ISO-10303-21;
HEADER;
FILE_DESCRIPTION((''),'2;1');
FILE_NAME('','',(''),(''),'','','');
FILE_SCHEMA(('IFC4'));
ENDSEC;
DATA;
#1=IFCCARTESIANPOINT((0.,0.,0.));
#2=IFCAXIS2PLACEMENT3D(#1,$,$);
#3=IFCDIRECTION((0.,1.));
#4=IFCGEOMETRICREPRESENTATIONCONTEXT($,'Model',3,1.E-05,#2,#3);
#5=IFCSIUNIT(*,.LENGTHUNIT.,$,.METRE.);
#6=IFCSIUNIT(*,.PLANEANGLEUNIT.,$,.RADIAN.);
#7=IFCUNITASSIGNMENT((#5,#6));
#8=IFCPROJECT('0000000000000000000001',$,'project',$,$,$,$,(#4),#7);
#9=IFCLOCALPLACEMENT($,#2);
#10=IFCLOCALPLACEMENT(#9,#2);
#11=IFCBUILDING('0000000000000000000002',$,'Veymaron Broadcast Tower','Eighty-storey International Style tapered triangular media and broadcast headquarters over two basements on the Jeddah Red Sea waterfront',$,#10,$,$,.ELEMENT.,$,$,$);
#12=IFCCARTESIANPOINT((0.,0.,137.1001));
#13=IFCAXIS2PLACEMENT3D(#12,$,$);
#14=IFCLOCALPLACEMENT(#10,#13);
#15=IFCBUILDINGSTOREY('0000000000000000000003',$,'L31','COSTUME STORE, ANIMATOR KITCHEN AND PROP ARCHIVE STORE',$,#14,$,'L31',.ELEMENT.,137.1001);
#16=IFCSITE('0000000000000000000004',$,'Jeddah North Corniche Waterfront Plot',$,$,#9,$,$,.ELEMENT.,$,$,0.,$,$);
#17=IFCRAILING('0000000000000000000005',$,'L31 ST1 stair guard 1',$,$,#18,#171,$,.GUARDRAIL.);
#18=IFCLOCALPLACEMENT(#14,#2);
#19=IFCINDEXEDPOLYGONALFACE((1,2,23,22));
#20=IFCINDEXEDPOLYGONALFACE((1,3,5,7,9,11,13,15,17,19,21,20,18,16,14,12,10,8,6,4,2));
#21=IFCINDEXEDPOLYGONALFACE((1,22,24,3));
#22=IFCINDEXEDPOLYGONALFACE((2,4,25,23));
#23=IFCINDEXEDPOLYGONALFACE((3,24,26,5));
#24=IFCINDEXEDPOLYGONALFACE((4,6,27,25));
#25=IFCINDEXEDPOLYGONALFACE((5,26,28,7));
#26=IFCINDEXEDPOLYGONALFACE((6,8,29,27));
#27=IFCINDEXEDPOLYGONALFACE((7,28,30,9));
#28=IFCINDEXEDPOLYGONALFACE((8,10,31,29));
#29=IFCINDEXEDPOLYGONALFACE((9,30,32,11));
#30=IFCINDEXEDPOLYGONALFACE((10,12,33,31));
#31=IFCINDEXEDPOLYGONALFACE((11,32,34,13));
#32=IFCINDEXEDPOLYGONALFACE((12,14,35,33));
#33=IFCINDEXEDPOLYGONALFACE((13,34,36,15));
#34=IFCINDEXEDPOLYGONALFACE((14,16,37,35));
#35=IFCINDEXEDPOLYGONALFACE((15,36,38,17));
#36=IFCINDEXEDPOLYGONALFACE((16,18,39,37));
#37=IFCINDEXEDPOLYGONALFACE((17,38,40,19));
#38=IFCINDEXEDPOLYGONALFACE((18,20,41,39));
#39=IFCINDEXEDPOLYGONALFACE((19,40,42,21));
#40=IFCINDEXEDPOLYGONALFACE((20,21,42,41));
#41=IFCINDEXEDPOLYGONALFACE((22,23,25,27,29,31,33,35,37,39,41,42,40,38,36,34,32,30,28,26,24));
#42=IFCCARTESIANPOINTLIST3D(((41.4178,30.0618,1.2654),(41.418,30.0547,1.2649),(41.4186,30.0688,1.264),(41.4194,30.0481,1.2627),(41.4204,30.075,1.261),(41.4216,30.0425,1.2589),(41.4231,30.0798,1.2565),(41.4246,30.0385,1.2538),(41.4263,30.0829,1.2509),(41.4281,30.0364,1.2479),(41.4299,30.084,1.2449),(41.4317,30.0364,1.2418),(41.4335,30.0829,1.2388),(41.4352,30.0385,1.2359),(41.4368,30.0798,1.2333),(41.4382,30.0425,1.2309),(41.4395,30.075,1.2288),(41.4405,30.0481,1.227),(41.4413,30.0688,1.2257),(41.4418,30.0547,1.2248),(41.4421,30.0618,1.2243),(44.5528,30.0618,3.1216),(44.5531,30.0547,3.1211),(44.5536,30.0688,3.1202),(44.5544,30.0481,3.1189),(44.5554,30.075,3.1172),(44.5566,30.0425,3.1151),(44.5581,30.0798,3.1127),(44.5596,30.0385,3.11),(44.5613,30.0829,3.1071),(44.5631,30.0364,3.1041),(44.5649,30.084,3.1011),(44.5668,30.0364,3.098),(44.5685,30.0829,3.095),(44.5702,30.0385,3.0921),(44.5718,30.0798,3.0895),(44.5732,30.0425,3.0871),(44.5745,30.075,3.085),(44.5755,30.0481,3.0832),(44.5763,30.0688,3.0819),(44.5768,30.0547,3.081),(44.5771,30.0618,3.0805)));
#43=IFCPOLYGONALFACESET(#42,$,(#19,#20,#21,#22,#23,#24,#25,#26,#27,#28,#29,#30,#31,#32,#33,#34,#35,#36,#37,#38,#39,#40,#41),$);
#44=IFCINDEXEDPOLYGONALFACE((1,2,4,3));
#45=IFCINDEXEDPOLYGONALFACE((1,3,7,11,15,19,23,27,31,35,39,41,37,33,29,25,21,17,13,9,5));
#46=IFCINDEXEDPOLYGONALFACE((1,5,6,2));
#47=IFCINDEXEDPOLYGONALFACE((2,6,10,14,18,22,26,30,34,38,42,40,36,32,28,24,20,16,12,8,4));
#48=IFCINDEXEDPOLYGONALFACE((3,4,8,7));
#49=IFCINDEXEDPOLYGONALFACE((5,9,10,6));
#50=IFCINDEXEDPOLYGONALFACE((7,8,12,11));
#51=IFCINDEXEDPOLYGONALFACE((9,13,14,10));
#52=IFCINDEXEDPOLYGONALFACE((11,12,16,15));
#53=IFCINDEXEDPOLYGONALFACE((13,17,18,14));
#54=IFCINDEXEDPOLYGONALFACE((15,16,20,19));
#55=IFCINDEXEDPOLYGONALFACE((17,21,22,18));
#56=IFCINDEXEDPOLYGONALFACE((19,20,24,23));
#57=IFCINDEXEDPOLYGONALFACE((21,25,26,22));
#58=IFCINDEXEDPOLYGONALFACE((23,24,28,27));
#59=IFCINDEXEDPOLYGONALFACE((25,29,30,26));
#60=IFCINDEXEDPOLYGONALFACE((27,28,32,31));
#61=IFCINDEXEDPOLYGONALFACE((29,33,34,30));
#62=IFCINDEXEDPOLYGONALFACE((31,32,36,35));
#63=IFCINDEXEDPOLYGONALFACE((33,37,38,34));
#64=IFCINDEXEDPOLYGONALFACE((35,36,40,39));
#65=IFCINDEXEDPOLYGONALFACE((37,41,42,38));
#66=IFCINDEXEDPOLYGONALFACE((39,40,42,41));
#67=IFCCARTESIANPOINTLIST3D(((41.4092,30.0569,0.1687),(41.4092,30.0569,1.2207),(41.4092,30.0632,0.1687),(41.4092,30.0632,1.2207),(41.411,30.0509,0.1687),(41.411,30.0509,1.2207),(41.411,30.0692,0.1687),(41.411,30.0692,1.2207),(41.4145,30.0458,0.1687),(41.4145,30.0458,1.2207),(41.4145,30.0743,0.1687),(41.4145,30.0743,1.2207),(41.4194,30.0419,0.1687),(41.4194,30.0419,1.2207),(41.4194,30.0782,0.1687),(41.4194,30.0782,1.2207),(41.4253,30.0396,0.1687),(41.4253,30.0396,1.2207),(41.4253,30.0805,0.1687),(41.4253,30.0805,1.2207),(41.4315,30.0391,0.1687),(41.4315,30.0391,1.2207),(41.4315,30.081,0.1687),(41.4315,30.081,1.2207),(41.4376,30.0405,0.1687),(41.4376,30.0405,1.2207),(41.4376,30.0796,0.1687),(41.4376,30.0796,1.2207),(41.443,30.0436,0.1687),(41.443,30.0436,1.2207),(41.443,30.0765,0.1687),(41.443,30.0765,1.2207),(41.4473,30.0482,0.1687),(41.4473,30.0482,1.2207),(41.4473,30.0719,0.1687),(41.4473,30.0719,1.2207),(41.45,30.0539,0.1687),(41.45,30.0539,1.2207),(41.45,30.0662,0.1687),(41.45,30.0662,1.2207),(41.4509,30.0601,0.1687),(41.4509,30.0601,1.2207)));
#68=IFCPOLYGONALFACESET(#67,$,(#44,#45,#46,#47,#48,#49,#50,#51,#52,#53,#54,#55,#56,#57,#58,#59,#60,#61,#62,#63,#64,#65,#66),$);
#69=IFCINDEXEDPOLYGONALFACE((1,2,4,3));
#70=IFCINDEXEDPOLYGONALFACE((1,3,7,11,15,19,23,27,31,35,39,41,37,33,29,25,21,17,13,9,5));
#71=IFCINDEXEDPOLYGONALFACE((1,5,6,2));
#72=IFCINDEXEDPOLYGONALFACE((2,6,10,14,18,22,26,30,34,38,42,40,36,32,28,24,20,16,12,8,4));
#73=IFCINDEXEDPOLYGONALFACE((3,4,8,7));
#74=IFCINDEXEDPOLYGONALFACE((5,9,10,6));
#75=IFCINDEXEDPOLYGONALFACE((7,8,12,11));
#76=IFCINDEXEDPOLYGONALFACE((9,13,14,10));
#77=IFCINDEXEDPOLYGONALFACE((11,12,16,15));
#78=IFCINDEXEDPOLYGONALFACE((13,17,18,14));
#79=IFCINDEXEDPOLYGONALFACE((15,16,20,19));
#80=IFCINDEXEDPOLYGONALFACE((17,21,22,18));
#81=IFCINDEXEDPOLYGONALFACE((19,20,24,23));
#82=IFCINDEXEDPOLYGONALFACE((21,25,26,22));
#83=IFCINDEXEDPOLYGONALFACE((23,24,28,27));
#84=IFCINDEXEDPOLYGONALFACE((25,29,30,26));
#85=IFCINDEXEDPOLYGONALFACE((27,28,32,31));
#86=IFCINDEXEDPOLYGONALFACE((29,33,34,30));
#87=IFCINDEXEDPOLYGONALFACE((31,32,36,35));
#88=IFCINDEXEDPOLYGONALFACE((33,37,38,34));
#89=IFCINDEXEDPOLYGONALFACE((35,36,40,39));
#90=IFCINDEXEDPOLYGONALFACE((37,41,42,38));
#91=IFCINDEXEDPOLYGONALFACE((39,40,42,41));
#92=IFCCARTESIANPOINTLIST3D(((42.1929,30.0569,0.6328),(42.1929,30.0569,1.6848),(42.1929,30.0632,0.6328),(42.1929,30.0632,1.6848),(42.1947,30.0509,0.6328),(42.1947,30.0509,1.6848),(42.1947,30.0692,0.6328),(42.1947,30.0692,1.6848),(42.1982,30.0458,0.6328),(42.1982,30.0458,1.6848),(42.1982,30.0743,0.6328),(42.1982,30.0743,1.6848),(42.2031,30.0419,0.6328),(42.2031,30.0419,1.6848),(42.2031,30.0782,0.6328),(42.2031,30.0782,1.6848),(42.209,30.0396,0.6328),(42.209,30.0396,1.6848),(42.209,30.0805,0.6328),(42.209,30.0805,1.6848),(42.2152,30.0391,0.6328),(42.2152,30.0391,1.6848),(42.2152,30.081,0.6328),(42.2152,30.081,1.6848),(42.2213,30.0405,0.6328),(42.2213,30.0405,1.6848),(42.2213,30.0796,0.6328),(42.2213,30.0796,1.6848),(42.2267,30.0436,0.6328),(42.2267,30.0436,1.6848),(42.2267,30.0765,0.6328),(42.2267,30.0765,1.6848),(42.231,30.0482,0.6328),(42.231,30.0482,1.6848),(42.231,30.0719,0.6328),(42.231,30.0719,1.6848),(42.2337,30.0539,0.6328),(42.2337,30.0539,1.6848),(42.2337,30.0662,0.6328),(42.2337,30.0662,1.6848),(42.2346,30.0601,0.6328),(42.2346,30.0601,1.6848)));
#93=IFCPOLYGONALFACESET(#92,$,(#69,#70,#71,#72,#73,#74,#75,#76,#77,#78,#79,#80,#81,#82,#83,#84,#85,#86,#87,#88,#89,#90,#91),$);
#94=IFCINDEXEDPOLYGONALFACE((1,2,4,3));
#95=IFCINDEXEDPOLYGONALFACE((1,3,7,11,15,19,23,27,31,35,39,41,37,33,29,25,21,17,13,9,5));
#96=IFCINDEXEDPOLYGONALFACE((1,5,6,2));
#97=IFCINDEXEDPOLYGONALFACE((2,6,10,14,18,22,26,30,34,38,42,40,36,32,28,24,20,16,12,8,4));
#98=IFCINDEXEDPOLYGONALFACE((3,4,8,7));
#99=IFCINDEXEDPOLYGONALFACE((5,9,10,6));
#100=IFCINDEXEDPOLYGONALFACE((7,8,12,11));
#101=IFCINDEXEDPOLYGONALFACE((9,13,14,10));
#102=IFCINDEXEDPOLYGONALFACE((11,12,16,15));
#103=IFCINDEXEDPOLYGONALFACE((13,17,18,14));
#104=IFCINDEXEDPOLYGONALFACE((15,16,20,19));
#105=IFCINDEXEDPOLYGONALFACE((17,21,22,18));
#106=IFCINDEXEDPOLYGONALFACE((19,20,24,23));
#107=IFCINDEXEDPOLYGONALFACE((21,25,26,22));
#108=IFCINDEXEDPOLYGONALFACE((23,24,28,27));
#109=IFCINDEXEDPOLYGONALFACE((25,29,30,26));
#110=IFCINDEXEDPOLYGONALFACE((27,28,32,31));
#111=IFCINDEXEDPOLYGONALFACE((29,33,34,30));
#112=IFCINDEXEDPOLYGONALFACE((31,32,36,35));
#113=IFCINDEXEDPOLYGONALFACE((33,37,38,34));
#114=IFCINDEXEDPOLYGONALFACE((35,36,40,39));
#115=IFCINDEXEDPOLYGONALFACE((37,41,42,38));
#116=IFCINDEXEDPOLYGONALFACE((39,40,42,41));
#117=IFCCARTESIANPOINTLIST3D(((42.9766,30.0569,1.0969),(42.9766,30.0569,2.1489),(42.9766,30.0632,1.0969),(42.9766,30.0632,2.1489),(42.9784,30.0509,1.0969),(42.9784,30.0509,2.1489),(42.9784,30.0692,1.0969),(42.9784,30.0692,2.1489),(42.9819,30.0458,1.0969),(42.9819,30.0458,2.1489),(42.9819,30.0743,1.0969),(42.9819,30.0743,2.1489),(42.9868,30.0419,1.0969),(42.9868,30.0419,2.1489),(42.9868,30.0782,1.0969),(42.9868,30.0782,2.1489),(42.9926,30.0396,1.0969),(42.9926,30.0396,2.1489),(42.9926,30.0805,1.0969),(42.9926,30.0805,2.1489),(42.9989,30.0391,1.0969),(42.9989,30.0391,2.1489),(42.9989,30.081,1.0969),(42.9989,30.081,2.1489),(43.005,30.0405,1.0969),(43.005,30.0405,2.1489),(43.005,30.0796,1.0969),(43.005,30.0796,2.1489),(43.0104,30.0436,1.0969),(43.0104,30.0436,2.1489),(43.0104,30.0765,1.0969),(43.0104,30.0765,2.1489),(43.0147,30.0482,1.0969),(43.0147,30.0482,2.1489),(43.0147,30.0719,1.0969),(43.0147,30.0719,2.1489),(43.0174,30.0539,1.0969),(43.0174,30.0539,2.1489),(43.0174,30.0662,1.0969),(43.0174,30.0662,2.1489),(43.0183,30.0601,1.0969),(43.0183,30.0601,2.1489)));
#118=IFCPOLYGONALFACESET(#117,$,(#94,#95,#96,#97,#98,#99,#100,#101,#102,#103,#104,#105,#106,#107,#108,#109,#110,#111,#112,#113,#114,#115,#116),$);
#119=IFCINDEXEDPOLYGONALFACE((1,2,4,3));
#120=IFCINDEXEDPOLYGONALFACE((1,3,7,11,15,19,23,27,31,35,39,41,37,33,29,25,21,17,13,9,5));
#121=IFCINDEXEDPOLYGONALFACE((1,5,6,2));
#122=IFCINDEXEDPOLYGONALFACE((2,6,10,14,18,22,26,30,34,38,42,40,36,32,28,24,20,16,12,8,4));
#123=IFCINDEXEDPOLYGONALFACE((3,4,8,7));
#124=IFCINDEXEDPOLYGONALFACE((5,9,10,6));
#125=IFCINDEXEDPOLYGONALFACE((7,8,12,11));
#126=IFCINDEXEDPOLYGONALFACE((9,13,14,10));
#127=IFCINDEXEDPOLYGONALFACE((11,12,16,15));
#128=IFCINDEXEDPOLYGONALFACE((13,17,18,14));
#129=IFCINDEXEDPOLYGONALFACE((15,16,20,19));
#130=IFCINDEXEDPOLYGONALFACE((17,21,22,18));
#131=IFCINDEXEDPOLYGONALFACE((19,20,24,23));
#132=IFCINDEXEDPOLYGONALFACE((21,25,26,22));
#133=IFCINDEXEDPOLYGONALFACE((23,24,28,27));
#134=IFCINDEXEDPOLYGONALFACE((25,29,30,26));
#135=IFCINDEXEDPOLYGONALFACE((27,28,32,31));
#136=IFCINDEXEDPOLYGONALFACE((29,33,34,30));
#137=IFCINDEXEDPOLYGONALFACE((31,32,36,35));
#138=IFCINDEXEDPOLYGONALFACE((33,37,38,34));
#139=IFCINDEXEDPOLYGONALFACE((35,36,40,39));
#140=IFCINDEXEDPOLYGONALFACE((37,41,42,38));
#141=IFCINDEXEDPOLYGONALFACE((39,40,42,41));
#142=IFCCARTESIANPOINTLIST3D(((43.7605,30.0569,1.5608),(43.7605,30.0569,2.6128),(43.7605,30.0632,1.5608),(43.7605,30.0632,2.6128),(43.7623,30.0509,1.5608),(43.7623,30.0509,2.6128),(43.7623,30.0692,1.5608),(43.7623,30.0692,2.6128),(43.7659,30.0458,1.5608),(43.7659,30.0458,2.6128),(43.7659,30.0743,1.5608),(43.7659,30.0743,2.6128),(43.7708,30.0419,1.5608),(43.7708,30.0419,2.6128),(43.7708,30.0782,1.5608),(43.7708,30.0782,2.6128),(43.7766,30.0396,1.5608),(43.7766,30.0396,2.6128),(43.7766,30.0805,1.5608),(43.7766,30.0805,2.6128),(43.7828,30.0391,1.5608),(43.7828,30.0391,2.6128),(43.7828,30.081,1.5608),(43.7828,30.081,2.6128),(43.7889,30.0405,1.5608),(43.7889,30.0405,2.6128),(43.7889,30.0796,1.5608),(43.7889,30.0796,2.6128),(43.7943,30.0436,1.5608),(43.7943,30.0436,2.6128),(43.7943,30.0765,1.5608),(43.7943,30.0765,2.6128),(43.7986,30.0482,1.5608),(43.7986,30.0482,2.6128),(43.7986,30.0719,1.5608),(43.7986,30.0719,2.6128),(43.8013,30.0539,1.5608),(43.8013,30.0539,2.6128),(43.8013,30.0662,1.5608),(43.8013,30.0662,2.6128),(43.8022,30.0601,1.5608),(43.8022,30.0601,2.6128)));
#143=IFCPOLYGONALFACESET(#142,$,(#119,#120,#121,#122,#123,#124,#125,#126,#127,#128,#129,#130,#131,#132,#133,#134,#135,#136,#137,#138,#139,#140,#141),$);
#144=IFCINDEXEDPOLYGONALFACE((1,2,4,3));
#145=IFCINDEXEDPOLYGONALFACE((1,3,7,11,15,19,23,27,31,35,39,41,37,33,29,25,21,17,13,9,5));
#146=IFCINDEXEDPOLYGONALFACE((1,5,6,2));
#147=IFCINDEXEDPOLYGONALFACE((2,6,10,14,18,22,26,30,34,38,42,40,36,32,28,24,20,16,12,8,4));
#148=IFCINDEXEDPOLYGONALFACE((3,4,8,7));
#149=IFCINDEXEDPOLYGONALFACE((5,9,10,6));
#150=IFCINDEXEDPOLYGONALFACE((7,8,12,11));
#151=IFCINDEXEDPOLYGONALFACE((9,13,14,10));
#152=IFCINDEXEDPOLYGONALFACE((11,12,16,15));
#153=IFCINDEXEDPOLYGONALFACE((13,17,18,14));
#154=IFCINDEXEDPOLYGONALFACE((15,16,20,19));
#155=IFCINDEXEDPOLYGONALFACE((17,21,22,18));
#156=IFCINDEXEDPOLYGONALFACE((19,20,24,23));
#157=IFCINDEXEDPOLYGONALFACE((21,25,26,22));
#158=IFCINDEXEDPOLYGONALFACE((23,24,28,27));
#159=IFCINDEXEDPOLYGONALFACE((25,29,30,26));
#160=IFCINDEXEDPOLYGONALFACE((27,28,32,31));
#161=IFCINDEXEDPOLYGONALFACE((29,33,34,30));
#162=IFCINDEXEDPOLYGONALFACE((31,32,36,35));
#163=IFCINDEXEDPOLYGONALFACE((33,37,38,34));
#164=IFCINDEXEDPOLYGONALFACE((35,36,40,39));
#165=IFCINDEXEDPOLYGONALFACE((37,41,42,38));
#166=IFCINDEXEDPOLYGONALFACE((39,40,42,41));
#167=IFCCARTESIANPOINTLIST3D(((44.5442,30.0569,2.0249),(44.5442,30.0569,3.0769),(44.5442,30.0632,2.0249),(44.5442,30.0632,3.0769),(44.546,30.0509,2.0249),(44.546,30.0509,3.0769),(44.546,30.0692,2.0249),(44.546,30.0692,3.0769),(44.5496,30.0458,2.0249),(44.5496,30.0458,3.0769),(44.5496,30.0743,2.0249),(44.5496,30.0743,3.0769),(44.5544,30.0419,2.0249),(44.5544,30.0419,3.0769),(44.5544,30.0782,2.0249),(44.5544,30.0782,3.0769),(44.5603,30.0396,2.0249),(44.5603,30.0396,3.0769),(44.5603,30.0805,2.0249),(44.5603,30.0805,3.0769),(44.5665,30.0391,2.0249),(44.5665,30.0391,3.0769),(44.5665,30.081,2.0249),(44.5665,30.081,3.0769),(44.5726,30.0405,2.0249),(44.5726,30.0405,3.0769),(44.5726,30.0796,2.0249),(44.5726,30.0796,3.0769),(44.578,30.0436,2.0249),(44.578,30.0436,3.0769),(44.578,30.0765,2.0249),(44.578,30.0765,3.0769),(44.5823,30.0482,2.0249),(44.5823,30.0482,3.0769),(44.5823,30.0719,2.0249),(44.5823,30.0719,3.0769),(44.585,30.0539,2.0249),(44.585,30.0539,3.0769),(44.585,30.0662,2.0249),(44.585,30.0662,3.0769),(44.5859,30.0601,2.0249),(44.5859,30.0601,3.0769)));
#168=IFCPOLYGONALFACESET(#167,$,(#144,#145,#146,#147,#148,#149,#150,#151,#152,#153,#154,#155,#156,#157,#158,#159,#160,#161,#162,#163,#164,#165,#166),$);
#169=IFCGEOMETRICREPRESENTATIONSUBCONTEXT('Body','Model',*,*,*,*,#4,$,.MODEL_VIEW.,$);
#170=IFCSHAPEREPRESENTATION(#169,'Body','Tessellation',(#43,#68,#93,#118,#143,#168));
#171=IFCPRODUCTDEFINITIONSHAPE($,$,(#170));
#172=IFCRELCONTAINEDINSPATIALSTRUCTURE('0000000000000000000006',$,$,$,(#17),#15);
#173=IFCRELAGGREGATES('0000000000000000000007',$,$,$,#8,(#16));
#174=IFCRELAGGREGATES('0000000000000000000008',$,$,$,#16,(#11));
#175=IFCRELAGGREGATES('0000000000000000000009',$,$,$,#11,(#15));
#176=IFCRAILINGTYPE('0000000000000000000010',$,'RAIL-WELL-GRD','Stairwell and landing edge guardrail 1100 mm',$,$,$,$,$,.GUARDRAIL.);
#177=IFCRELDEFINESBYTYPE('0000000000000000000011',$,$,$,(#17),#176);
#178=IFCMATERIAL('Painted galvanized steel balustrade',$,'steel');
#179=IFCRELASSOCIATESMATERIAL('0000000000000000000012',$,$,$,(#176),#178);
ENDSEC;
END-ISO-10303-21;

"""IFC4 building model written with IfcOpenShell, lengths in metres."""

from ifc_helpers import new_model, si_unit, direction, frame, origin, origin_2d, place, context, subcontext, project, spatial, circle, extrude, material, type_object, element, save


model = new_model("IFC4")

# Units and contexts
model_context = context("Model", 3, precision=1e-05, world=origin(), true_north=direction((0.0, 1.0)))
body_context = subcontext(model_context, "Body", "Model", "MODEL_VIEW")
ifc_project = project(units=[si_unit("LENGTHUNIT", "METRE"), si_unit("PLANEANGLEUNIT", "RADIAN")], contexts=[model_context])

# Site, building, storey
site_placement = place(None, origin())
site = spatial("IfcSite", under=ifc_project, at=site_placement, Name="Jeddah North Corniche Waterfront Plot", CompositionType="ELEMENT", RefElevation=0.0)
building_placement = place(site_placement, origin())
building = spatial("IfcBuilding", under=site, at=building_placement, Name="Veymaron Broadcast Tower", Description="Eighty-storey International Style tapered triangular media and broadcast headquarters over two basements on the Jeddah Red Sea waterfront", CompositionType="ELEMENT")
storey_placement = place(building_placement, frame((0.0, 0.0, 137.1001)))
storey = spatial("IfcBuildingStorey", under=building, at=storey_placement, Name="L31", Description="COSTUME STORE, ANIMATOR KITCHEN AND PROP ARCHIVE STORE", LongName="L31", CompositionType="ELEMENT", Elevation=137.1001)

# Railing
ifc_material_1 = material(Name="Painted galvanized steel balustrade", Category="steel")
railing_type_1 = type_object("IfcRailingType", Name="RAIL-WELL-GRD", Description="Stairwell and landing edge guardrail 1100 mm", PredefinedType="GUARDRAIL", material=ifc_material_1)
railing_1_placement = place(storey_placement, frame((41.4299, 30.0601, 0.1687)))
element("IfcRailing", 1, at=railing_1_placement, inside=storey, type_object=railing_type_1, Name="L31 ST1 stair guard 1", PredefinedType="GUARDRAIL", context=body_context, shape_type="SweptSolid", body=[
    extrude(circle(Radius=0.0239, at=origin_2d()), frame((0.0, 0.0, 1.0762), z_axis=(0.860482, 0.0, 0.509481), x_axis=(0.0, 1.0, 0.0)), (0.0, 0.0, 1.0), 3.6433),
    extrude(circle(Radius=0.021, at=origin_2d()), origin(), (0.0, 0.0, 1.0), 1.052),
    extrude(circle(Radius=0.021, at=origin_2d()), frame((0.7837, 0.0, 0.4641)), (0.0, 0.0, 1.0), 1.052),
    extrude(circle(Radius=0.021, at=origin_2d()), frame((1.5674, 0.0, 0.9282)), (0.0, 0.0, 1.0), 1.052),
    extrude(circle(Radius=0.021, at=origin_2d()), frame((2.3513, 0.0, 1.3921)), (0.0, 0.0, 1.0), 1.052),
    extrude(circle(Radius=0.021, at=origin_2d()), frame((3.135, 0.0, 1.8562)), (0.0, 0.0, 1.0), 1.052),
])

save(model, "model.ifc")
